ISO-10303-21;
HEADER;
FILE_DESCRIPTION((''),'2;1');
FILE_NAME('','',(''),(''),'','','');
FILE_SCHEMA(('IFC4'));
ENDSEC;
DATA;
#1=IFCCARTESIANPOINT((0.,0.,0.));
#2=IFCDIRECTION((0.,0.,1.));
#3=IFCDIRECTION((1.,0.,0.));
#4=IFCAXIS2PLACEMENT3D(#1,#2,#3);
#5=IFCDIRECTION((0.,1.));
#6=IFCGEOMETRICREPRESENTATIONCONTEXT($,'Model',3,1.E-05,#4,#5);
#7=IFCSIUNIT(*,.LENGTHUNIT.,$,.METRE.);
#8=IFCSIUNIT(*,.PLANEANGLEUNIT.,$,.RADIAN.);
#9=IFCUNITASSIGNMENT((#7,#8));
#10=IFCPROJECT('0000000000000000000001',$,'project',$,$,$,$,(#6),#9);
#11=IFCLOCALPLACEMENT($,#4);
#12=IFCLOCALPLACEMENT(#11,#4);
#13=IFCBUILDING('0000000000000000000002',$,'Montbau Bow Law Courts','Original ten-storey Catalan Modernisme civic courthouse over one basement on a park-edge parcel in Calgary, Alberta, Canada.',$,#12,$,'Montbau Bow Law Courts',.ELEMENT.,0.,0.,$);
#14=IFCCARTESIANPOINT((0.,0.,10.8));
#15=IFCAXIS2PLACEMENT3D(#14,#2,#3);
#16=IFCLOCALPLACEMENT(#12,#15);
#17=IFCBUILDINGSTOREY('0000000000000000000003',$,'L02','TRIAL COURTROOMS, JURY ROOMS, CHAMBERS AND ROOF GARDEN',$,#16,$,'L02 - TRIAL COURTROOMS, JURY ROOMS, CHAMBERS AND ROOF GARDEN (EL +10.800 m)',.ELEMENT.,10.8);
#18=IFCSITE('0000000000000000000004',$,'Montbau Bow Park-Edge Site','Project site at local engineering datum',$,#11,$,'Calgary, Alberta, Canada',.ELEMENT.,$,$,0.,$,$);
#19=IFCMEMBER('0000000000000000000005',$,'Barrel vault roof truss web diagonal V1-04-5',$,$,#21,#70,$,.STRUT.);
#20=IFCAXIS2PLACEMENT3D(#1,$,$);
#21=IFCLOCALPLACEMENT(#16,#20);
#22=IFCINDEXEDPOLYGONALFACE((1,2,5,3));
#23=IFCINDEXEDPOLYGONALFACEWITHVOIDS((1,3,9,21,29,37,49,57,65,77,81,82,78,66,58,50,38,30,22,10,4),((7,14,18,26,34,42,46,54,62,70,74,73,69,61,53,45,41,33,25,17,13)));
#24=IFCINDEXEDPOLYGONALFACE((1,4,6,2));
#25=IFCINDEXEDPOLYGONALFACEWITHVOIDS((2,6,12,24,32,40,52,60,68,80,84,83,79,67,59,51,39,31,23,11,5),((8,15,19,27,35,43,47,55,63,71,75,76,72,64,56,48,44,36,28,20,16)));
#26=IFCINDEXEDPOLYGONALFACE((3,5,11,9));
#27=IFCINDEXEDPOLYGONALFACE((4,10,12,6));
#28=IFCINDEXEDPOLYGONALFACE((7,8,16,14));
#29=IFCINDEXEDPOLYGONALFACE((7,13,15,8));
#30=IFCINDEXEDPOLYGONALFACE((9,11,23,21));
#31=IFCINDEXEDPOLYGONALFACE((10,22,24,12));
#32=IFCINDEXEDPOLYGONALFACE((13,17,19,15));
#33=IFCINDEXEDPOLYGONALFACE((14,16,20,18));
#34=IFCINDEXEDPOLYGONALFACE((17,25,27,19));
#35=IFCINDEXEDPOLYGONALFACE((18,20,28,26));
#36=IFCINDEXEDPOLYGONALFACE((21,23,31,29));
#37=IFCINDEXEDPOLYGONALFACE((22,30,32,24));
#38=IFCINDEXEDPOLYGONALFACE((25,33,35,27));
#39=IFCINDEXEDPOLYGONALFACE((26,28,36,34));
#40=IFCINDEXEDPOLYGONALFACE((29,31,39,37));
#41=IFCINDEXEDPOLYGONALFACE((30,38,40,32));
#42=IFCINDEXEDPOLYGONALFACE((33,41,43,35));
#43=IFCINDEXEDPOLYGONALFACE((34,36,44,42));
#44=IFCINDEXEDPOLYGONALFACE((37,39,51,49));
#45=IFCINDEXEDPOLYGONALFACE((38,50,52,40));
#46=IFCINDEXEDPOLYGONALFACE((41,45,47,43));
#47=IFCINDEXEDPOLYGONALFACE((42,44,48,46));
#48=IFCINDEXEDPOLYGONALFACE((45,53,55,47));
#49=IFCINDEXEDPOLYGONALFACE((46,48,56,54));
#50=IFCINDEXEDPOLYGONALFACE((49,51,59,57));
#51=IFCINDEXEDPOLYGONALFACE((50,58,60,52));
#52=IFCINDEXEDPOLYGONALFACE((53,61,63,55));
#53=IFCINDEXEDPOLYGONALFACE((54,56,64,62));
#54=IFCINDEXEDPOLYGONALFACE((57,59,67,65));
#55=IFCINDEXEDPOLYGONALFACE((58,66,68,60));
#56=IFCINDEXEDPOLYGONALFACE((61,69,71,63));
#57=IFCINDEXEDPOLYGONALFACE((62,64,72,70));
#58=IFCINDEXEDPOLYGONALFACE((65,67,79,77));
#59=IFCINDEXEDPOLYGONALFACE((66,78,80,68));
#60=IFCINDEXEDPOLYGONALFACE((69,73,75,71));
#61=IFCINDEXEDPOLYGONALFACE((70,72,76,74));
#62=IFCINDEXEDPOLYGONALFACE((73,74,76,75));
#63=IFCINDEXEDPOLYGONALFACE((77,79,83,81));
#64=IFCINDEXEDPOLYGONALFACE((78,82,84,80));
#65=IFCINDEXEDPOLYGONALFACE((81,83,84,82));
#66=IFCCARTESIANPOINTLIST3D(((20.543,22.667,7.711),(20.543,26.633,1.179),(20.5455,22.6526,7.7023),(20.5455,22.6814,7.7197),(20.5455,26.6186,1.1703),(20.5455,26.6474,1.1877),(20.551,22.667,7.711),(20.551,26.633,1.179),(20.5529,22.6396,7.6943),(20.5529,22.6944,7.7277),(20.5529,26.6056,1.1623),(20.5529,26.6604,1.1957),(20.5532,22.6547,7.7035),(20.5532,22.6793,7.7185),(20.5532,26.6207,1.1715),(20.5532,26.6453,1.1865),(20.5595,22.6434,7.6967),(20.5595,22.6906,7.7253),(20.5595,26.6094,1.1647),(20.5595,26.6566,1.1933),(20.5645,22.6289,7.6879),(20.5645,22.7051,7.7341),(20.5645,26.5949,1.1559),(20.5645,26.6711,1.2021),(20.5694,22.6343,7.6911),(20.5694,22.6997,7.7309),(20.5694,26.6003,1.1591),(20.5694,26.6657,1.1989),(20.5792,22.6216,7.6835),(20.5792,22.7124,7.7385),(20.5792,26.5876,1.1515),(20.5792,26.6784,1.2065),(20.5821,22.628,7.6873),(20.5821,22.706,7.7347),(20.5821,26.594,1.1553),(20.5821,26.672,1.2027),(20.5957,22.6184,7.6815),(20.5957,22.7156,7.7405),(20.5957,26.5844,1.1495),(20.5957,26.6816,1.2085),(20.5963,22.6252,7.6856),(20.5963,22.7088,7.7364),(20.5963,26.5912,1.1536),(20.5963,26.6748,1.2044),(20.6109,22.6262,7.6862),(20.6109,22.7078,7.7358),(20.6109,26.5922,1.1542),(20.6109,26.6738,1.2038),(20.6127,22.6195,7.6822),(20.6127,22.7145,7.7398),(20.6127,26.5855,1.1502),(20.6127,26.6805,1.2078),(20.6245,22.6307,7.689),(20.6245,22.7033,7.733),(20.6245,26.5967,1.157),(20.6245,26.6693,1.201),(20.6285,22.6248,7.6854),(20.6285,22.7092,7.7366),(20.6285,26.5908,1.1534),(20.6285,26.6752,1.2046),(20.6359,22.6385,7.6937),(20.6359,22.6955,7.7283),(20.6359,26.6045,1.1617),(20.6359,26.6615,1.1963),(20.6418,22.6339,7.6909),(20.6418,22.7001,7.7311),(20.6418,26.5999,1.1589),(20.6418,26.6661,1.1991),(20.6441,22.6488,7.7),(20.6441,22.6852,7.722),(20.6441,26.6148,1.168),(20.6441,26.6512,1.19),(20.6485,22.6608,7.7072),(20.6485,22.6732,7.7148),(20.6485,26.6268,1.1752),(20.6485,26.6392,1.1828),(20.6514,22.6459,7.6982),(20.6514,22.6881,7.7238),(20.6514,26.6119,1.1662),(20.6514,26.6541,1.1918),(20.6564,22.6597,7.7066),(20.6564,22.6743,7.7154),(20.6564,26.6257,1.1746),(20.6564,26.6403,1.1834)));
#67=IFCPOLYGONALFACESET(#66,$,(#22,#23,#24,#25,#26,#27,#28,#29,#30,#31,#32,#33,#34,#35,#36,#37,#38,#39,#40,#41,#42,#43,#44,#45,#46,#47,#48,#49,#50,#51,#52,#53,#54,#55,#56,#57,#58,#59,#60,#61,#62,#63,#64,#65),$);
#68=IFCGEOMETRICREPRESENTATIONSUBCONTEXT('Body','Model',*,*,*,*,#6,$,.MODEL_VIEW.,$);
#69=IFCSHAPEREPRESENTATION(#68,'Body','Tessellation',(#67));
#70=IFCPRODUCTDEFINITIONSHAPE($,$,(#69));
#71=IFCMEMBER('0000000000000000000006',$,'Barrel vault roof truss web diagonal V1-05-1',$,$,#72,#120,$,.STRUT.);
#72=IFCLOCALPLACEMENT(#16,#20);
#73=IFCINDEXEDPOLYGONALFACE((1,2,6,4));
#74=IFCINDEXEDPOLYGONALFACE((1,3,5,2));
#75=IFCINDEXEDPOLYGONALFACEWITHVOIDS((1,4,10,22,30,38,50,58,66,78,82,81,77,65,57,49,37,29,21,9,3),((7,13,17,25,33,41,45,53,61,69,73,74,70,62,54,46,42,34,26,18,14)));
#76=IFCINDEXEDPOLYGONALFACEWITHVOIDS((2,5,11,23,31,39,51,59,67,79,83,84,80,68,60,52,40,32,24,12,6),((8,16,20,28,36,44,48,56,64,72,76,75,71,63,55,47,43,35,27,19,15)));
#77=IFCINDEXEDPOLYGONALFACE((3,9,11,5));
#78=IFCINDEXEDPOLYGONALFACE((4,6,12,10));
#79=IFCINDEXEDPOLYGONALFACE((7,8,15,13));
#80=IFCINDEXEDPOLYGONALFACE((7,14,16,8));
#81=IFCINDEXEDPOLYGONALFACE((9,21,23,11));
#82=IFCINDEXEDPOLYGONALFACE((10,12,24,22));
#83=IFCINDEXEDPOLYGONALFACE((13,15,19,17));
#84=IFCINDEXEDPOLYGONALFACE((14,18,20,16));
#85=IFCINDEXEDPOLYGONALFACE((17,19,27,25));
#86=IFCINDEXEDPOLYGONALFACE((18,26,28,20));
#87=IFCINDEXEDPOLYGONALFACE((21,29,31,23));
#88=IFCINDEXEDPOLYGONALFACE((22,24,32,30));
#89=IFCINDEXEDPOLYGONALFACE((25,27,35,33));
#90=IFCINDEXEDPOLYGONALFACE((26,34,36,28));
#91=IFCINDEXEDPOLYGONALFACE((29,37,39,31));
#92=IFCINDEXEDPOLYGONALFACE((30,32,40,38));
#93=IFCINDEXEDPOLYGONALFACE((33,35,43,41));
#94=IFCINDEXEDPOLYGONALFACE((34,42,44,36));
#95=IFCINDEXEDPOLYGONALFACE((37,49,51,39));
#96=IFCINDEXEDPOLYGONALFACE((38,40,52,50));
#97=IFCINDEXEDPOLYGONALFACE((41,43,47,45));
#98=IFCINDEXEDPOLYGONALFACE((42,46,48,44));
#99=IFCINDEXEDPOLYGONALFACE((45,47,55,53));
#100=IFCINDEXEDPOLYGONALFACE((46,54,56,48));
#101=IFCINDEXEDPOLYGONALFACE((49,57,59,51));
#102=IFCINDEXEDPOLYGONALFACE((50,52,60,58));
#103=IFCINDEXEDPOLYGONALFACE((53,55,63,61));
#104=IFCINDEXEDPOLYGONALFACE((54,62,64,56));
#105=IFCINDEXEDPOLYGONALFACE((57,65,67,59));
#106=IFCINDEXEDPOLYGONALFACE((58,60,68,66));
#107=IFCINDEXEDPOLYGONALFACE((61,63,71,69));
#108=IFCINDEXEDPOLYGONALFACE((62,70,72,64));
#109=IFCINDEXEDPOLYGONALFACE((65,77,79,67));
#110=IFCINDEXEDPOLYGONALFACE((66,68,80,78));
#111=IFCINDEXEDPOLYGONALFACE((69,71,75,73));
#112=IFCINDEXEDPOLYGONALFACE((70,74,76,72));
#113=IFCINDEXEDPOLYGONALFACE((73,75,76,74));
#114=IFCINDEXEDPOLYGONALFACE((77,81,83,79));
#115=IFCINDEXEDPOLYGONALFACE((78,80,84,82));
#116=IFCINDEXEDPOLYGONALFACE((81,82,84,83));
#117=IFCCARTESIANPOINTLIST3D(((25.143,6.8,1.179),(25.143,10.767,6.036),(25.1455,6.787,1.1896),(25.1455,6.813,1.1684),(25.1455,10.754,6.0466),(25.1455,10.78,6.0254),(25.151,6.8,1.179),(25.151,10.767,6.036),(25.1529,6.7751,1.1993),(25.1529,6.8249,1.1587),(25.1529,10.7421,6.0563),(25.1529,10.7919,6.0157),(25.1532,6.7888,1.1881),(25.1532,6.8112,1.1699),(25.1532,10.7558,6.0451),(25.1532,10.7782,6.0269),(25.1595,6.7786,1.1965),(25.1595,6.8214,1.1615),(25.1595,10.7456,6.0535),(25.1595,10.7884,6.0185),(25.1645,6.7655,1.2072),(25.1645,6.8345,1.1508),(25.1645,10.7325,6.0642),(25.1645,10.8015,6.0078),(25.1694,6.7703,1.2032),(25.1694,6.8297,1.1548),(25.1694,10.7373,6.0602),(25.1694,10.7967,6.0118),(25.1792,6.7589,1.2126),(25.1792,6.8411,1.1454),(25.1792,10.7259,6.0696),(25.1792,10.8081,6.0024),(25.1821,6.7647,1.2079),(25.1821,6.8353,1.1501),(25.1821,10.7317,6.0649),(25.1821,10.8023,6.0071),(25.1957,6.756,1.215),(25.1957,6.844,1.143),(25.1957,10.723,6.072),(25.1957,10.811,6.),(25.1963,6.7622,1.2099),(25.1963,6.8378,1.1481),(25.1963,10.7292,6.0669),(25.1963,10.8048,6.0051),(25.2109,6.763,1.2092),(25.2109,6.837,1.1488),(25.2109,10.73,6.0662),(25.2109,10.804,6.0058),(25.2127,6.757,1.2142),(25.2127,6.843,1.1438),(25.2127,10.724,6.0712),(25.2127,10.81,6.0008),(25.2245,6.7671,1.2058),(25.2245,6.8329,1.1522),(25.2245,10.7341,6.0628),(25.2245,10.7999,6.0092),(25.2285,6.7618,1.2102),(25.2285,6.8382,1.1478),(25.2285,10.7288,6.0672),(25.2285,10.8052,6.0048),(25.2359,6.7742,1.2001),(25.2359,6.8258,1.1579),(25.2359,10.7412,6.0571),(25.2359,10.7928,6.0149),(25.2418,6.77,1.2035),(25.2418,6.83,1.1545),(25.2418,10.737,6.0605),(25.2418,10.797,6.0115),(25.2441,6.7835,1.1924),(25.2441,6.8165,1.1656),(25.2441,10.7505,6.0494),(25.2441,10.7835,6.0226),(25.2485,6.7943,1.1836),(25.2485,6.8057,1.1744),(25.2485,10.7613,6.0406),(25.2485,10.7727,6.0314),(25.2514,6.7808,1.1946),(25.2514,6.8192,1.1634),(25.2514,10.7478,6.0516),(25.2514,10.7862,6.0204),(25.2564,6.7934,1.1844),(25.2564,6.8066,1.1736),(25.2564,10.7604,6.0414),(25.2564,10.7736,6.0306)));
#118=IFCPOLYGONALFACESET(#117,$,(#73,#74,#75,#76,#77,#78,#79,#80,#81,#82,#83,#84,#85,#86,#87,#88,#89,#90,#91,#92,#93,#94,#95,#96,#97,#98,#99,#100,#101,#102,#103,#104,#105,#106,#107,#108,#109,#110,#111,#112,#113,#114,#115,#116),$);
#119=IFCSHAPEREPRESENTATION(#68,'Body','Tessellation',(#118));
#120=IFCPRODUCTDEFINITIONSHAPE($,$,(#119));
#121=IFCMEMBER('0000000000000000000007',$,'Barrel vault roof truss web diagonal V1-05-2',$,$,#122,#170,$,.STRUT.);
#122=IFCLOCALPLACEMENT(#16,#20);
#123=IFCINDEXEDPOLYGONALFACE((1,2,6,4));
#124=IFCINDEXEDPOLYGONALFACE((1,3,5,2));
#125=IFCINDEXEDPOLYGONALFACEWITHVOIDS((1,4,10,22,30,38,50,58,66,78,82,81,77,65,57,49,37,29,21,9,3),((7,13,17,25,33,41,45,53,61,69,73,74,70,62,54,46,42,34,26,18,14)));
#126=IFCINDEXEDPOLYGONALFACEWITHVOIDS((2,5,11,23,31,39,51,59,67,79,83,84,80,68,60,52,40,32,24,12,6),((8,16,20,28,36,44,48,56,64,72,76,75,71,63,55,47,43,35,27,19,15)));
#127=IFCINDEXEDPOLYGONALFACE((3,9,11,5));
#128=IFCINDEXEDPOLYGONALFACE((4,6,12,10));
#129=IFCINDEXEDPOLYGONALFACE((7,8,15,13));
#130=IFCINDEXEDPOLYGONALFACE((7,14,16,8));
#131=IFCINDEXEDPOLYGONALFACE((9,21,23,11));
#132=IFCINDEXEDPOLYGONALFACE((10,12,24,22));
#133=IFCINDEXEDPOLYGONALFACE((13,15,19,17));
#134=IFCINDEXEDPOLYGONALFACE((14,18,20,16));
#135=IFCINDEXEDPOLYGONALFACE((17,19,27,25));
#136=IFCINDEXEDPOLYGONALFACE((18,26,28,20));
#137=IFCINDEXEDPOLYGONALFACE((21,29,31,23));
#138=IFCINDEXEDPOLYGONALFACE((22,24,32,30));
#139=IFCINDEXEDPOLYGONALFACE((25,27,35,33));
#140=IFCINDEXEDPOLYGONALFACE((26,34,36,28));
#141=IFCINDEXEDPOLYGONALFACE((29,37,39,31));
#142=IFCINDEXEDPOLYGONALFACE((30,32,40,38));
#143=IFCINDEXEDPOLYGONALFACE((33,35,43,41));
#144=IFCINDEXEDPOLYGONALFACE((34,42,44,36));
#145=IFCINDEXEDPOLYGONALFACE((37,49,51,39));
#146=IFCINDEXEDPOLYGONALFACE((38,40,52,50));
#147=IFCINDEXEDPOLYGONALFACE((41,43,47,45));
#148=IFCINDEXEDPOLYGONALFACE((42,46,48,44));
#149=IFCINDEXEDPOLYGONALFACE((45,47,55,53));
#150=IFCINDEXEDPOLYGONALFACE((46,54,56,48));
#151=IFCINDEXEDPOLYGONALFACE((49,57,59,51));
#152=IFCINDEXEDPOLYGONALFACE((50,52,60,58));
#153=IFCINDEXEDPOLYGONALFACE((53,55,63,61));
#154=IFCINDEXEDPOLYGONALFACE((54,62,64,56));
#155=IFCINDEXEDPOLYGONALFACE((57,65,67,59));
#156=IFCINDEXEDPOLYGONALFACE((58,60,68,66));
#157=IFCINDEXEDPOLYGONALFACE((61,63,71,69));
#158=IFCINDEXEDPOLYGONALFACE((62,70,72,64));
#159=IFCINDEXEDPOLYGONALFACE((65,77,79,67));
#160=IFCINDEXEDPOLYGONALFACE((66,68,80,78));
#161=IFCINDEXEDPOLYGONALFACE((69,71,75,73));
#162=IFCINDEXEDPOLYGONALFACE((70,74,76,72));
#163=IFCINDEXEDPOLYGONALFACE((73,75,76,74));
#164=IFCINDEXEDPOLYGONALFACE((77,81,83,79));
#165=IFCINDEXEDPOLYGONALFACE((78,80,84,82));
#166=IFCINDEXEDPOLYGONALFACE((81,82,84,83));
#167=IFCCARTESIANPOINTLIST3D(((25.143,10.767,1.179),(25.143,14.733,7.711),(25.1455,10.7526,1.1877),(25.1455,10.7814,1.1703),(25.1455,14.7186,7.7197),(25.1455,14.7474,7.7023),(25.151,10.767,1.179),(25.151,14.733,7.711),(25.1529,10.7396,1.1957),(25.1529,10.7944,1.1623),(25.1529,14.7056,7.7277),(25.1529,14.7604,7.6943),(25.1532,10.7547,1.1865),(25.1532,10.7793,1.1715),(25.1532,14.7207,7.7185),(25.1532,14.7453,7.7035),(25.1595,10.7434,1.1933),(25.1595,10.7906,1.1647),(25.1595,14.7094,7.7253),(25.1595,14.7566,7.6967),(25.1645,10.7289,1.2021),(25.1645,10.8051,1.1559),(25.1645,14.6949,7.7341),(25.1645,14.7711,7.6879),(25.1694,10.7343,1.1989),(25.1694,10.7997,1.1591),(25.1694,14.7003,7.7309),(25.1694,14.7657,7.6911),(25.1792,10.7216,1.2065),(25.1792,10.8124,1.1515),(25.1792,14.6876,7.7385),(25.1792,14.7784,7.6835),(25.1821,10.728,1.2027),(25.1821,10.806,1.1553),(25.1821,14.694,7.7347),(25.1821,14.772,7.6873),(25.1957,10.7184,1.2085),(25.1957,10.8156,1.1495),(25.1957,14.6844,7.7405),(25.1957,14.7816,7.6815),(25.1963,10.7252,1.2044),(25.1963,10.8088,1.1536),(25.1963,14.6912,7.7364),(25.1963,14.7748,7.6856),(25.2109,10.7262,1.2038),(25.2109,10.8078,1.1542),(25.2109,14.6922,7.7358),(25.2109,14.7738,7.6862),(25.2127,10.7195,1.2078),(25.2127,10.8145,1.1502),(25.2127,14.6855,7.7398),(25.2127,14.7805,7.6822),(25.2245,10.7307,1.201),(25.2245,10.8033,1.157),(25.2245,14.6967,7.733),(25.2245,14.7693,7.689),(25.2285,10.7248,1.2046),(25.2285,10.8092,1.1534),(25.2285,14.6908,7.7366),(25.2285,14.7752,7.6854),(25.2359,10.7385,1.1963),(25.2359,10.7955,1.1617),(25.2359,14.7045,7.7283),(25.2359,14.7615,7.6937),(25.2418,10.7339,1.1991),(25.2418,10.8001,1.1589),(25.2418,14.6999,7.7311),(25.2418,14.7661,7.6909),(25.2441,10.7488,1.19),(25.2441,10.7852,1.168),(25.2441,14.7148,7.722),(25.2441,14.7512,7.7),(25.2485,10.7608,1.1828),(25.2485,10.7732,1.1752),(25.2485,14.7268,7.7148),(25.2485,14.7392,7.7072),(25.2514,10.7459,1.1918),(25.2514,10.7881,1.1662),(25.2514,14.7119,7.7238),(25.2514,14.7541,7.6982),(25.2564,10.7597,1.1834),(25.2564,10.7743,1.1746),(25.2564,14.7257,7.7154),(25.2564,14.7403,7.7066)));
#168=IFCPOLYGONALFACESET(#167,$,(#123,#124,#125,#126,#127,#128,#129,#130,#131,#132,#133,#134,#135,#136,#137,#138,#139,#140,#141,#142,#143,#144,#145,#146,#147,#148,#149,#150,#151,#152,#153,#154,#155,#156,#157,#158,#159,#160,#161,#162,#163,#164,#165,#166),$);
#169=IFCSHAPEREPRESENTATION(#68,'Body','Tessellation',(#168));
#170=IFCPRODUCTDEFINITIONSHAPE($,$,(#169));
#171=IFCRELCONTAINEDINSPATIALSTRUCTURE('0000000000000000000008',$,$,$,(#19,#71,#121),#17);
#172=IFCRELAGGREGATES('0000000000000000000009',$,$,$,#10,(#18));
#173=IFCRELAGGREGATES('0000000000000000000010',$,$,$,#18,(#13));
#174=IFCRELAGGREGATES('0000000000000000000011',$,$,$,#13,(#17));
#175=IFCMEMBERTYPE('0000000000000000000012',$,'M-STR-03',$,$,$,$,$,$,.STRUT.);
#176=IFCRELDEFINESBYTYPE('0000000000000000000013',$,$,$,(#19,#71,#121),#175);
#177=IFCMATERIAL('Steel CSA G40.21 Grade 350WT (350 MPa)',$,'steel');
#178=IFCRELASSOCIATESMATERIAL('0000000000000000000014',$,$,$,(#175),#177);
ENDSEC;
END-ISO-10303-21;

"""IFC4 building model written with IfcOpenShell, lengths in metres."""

from ifc_helpers import new_model, si_unit, direction, frame, origin_with_axes, origin_2d_with_axis, place, context, subcontext, project, spatial, hollow_circle, extrude, material, material_profile, profile_set, type_object, element, save


model = new_model("IFC4")

# Units and contexts
model_context = context("Model", 3, precision=1e-05, world=origin_with_axes(), true_north=direction((0.0, 1.0)))
body_context = subcontext(model_context, "Body", "Model", "MODEL_VIEW")
ifc_project = project(units=[si_unit("LENGTHUNIT", "METRE"), si_unit("PLANEANGLEUNIT", "RADIAN")], contexts=[model_context])

# Site, building, storey
site_placement = place(None, origin_with_axes())
site = spatial("IfcSite", under=ifc_project, at=site_placement, Name="Montbau Bow Park-Edge Site", Description="Project site at local engineering datum", LongName="Calgary, Alberta, Canada", CompositionType="ELEMENT", RefElevation=0.0)
building_placement = place(site_placement, origin_with_axes())
building = spatial("IfcBuilding", under=site, at=building_placement, Name="Montbau Bow Law Courts", Description="Original ten-storey Catalan Modernisme civic courthouse over one basement on a park-edge parcel in Calgary, Alberta, Canada.", LongName="Montbau Bow Law Courts", CompositionType="ELEMENT", ElevationOfRefHeight=0.0, ElevationOfTerrain=0.0)
storey_placement = place(building_placement, frame((0.0, 0.0, 10.8), z_axis=(0.0, 0.0, 1.0), x_axis=(1.0, 0.0, 0.0)))
storey = spatial("IfcBuildingStorey", under=building, at=storey_placement, Name="L02", Description="TRIAL COURTROOMS, JURY ROOMS, CHAMBERS AND ROOF GARDEN", LongName="L02 - TRIAL COURTROOMS, JURY ROOMS, CHAMBERS AND ROOF GARDEN (EL +10.800 m)", CompositionType="ELEMENT", Elevation=10.8)

# Shared definitions
ifc_material = material(Name="Steel CSA G40.21 Grade 350WT (350 MPa)", Category="steel")

# Members
ifc_material_profile_1 = material_profile(ifc_material, hollow_circle(Radius=0.057, WallThickness=0.008, at=origin_2d_with_axis()), Name="HSS114X8.0", Category="Main", Priority=0)
ifc_profile_set_1 = profile_set([ifc_material_profile_1], Name="Steel CSA G40.21 Grade 350WT (350 MPa)")
member_type_1 = type_object("IfcMemberType", Name="M-STR-03", PredefinedType="STRUT", material=ifc_profile_set_1)
member_1_placement = place(None, frame((20.6, 22.667, 18.511), z_axis=(0.0, 0.518992, -0.854779), x_axis=(-1.0, 0.0, 0.0)))
element("IfcMember", 1, at=member_1_placement, inside=storey, type_object=member_type_1, Name="Barrel vault roof truss web diagonal V1-04-5", PredefinedType="STRUT", context=body_context, shape_type="SweptSolid", body=[
    extrude(hollow_circle(Radius=0.057, WallThickness=0.008, at=origin_2d_with_axis()), origin_with_axes(), (0.0, 0.0, 1.0), 7.6417),
])
member_2_placement = place(None, frame((25.2, 6.8, 11.979), z_axis=(0.0, 0.632578, 0.774497), x_axis=(-1.0, 0.0, 0.0)))
element("IfcMember", 2, at=member_2_placement, inside=storey, type_object=member_type_1, Name="Barrel vault roof truss web diagonal V1-05-1", PredefinedType="STRUT", context=body_context, shape_type="SweptSolid", body=[
    extrude(hollow_circle(Radius=0.057, WallThickness=0.008, at=origin_2d_with_axis()), origin_with_axes(), (0.0, 0.0, 1.0), 6.2712),
])
member_3_placement = place(None, frame((25.2, 10.767, 11.979), z_axis=(0.0, 0.518992, 0.854779), x_axis=(-1.0, 0.0, 0.0)))
element("IfcMember", 3, at=member_3_placement, inside=storey, type_object=member_type_1, Name="Barrel vault roof truss web diagonal V1-05-2", PredefinedType="STRUT", context=body_context, shape_type="SweptSolid", body=[
    extrude(hollow_circle(Radius=0.057, WallThickness=0.008, at=origin_2d_with_axis()), origin_with_axes(), (0.0, 0.0, 1.0), 7.6417),
])

save(model, "model.ifc")
